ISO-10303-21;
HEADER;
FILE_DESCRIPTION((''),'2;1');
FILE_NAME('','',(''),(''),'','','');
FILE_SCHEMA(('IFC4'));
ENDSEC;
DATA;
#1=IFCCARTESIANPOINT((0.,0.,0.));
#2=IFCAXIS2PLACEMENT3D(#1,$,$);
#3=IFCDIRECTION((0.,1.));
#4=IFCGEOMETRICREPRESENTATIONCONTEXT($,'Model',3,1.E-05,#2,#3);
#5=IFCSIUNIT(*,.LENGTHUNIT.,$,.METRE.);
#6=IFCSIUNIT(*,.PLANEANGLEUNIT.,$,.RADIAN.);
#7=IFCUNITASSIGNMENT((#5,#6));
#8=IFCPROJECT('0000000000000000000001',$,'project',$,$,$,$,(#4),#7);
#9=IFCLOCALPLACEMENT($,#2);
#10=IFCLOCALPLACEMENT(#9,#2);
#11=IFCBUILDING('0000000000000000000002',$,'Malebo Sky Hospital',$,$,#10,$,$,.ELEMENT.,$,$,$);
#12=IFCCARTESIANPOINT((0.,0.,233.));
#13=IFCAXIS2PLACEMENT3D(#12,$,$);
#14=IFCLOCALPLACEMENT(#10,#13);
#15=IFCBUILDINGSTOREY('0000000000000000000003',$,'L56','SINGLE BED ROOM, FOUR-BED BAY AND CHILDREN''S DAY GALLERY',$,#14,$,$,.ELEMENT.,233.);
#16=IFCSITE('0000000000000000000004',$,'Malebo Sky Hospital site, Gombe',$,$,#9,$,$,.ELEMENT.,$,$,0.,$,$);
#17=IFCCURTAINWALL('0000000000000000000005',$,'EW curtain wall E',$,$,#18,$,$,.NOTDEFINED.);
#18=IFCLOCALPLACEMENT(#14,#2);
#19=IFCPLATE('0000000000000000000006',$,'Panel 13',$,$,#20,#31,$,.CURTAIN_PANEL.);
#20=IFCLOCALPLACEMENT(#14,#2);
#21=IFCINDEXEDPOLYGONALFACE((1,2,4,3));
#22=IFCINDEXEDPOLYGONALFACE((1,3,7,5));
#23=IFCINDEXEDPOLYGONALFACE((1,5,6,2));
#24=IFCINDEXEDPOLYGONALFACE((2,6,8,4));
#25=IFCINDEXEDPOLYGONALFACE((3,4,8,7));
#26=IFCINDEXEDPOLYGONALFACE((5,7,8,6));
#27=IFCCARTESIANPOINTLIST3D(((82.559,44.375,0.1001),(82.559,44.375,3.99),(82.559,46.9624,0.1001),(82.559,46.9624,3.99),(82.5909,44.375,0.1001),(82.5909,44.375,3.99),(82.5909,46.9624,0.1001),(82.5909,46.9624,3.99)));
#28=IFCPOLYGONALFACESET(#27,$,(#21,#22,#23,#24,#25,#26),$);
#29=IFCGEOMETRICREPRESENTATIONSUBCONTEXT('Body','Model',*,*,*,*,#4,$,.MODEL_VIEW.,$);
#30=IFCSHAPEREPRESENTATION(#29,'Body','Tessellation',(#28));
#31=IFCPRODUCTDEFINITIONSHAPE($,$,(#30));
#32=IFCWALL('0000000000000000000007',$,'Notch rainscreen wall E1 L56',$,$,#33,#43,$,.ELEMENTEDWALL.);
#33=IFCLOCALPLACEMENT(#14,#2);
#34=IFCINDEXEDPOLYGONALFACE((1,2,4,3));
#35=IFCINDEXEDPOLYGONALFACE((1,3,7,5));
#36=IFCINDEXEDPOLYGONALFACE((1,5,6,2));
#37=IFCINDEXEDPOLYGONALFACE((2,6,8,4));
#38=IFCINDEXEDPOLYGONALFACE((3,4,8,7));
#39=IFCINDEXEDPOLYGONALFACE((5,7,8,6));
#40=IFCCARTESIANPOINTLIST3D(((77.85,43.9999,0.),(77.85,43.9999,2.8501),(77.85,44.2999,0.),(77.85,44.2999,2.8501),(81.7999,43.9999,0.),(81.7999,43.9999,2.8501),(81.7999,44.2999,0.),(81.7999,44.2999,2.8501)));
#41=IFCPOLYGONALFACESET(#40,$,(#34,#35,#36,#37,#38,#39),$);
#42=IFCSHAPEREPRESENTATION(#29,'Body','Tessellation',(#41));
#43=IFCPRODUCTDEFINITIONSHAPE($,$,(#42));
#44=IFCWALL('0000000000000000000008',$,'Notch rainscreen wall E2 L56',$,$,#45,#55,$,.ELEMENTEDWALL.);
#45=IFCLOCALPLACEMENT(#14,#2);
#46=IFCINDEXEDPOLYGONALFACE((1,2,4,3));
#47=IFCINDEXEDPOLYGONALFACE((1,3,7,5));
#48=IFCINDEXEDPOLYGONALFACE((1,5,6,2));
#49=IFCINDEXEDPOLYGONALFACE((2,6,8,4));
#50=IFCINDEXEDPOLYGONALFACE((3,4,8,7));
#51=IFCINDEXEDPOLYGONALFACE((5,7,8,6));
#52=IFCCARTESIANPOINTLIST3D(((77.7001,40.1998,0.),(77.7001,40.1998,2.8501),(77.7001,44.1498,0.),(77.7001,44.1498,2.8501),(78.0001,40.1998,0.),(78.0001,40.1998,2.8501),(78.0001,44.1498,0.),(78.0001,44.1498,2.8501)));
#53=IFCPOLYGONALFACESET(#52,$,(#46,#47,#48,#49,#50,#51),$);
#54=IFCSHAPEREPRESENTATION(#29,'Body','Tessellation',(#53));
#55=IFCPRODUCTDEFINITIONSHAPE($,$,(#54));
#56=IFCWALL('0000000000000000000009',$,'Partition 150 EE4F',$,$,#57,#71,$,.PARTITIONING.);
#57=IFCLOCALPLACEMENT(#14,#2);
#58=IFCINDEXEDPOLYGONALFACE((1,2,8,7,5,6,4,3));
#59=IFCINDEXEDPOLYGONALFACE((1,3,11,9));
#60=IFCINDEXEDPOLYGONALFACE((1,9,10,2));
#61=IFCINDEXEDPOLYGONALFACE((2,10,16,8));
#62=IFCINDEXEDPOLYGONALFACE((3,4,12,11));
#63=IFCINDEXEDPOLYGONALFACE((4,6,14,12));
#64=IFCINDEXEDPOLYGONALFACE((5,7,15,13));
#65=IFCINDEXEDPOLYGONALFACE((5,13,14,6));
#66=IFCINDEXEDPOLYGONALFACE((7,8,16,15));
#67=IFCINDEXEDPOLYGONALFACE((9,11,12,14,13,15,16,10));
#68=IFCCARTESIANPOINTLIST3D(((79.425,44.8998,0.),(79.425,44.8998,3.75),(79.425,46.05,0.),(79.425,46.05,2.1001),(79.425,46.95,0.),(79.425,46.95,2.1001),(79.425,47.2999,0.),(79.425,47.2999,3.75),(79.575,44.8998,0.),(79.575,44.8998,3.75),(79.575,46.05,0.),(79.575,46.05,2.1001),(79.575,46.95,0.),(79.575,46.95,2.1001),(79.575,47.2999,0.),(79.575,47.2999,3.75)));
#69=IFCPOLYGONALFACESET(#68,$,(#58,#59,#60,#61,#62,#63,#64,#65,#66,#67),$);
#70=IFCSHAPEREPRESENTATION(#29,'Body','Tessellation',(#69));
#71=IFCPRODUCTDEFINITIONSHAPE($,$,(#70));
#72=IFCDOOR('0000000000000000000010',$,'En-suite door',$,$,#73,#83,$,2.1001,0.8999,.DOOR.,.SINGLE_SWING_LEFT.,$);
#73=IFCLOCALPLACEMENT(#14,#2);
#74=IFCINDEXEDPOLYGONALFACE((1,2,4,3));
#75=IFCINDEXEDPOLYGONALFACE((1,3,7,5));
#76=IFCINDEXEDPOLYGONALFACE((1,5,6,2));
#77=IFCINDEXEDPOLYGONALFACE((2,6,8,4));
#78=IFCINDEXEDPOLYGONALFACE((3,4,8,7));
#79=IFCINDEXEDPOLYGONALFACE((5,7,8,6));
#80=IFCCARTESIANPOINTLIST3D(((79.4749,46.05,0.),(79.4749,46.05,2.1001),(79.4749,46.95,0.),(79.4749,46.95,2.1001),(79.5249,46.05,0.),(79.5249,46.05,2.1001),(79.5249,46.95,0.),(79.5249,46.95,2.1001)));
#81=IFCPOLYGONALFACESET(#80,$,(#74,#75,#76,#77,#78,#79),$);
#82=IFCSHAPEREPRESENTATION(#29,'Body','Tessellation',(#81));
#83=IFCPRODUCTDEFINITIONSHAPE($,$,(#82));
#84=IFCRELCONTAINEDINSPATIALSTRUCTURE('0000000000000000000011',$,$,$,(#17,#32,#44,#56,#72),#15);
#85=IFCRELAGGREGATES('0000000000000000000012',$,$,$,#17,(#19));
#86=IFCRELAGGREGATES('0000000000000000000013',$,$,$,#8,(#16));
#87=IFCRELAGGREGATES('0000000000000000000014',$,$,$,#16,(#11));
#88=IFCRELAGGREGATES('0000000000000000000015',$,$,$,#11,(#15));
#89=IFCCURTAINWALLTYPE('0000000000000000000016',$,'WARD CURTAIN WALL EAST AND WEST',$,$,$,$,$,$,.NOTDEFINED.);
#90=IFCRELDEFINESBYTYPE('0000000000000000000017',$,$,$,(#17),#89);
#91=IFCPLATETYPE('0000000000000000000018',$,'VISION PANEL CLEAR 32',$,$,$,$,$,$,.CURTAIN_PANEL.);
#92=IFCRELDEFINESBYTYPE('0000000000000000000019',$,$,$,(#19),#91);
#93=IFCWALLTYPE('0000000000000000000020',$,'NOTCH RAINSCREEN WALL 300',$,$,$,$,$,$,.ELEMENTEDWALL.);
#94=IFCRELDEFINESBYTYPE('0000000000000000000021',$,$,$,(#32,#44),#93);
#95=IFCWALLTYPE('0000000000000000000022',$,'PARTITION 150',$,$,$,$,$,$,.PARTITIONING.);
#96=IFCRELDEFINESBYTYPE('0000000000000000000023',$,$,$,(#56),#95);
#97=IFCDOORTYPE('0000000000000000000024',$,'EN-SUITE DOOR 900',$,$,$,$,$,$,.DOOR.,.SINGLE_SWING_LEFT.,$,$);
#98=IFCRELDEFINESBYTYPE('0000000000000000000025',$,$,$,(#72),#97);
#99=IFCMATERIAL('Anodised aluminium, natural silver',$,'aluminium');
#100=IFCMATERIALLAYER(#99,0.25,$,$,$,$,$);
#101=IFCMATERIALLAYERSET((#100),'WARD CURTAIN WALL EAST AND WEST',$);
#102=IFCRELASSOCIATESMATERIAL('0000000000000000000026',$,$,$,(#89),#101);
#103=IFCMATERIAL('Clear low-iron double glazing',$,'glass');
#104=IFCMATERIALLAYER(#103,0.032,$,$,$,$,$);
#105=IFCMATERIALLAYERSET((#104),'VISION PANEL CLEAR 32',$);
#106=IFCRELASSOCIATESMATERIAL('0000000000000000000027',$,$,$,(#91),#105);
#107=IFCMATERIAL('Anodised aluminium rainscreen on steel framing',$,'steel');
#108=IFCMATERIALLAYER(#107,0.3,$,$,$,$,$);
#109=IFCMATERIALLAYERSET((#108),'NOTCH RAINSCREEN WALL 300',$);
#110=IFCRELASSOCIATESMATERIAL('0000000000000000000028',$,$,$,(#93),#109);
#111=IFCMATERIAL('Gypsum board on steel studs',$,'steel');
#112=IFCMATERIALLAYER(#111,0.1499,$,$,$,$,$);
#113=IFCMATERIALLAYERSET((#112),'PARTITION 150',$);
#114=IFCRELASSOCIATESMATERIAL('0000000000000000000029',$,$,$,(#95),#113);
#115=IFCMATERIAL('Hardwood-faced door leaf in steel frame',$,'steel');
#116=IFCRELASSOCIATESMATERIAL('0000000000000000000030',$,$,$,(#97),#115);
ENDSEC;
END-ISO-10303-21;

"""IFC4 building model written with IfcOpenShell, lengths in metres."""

from ifc_helpers import new_model, si_unit, direction, frame, frame_2d, origin, origin_2d, place, context, subcontext, project, spatial, rectangle, extrude, material, layer, layer_set, type_object, element, fill, aggregate, save


model = new_model("IFC4")

# Units and contexts
model_context = context("Model", 3, precision=1e-05, world=origin(), true_north=direction((0.0, 1.0)))
body_context = subcontext(model_context, "Body", "Model", "MODEL_VIEW")
ifc_project = project(units=[si_unit("LENGTHUNIT", "METRE"), si_unit("PLANEANGLEUNIT", "RADIAN")], contexts=[model_context])

# Site, building, storey
site_placement = place(None, origin())
site = spatial("IfcSite", under=ifc_project, at=site_placement, Name="Malebo Sky Hospital site, Gombe", CompositionType="ELEMENT", RefElevation=0.0)
building_placement = place(site_placement, origin())
building = spatial("IfcBuilding", under=site, at=building_placement, Name="Malebo Sky Hospital", CompositionType="ELEMENT")
storey_placement = place(building_placement, frame((0.0, 0.0, 233.0)))
storey = spatial("IfcBuildingStorey", under=building, at=storey_placement, Name="L56", Description="SINGLE BED ROOM, FOUR-BED BAY AND CHILDREN'S DAY GALLERY", CompositionType="ELEMENT", Elevation=233.0)

# Curtain wall
ifc_material_1 = material(Name="Anodised aluminium, natural silver", Category="aluminium")
ifc_layer_1 = layer(ifc_material_1, 0.25)
ifc_layer_set_1 = layer_set([ifc_layer_1], Name="WARD CURTAIN WALL EAST AND WEST")
curtain_wall_type_1 = type_object("IfcCurtainWallType", Name="WARD CURTAIN WALL EAST AND WEST", PredefinedType="NOTDEFINED", material=ifc_layer_set_1)
curtain_wall_1_placement = place(storey_placement, origin())
curtain_wall_1 = element("IfcCurtainWall", 1, at=curtain_wall_1_placement, inside=storey, type_object=curtain_wall_type_1, Name="EW curtain wall E", PredefinedType="NOTDEFINED")

# Plate
ifc_material_2 = material(Name="Clear low-iron double glazing", Category="glass")
ifc_layer_2 = layer(ifc_material_2, 0.032)
ifc_layer_set_2 = layer_set([ifc_layer_2], Name="VISION PANEL CLEAR 32")
plate_type = type_object("IfcPlateType", Name="VISION PANEL CLEAR 32", PredefinedType="CURTAIN_PANEL", material=ifc_layer_set_2)
plate_1_placement = place(storey_placement, frame((82.575, 45.6687, 0.1001), z_axis=(0.0, 0.0, 1.0), x_axis=(0.0, -1.0, 0.0)))
plate_1 = element("IfcPlate", 2, at=plate_1_placement, type_object=plate_type, Name="Panel 13", PredefinedType="CURTAIN_PANEL", context=body_context, shape_type="SweptSolid", body=[
    extrude(rectangle(XDim=2.5874, YDim=0.032, at=origin_2d()), origin(), (0.0, 0.0, 1.0), 3.8899),
])
aggregate(curtain_wall_1, [plate_1])

# Walls
ifc_material_3 = material(Name="Anodised aluminium rainscreen on steel framing", Category="steel")
ifc_layer_3 = layer(ifc_material_3, 0.3)
ifc_layer_set_3 = layer_set([ifc_layer_3], Name="NOTCH RAINSCREEN WALL 300")
wall_type_1 = type_object("IfcWallType", Name="NOTCH RAINSCREEN WALL 300", PredefinedType="ELEMENTEDWALL", material=ifc_layer_set_3)
for number, where, z_axis, x_axis, name in (
    (3, (81.8, 44.1499, 0.0), (0.0, 0.0, 1.0), (-1.0, 0.0, 0.0), "Notch rainscreen wall E1 L56"),
    (4, (77.8501, 44.1499, 0.0), (0.0, 0.0, 1.0), (0.0, -1.0, 0.0), "Notch rainscreen wall E2 L56"),
):
    element("IfcWall", number, at=place(storey_placement, frame(where, z_axis=z_axis, x_axis=x_axis)), inside=storey, type_object=wall_type_1, Name=name, PredefinedType="ELEMENTEDWALL", context=body_context, shape_type="SweptSolid", body=[
        extrude(rectangle(XDim=3.95, YDim=0.3, at=frame_2d((1.9751, 0.0))), origin(), (0.0, 0.0, 1.0), 2.8501),
    ])

# Wall, opening, door
ifc_material_4 = material(Name="Gypsum board on steel studs", Category="steel")
ifc_layer_4 = layer(ifc_material_4, 0.1499)
ifc_layer_set_4 = layer_set([ifc_layer_4], Name="PARTITION 150")
wall_type_2 = type_object("IfcWallType", Name="PARTITION 150", PredefinedType="PARTITIONING", material=ifc_layer_set_4)
wall_placement = place(storey_placement, frame((79.5, 47.3, 0.0), z_axis=(0.0, 0.0, 1.0), x_axis=(0.0, -1.0, 0.0)))
wall = element("IfcWall", 5, at=wall_placement, inside=storey, type_object=wall_type_2, Name="Partition 150 EE4F", PredefinedType="PARTITIONING", context=body_context, shape_type="SweptSolid", body=[
    extrude(rectangle(XDim=2.4001, YDim=0.1499, at=frame_2d((1.2002, 0.0))), origin(), (0.0, 0.0, 1.0), 3.75),
])
opening_placement = place(wall_placement, frame((0.3501, 0.0, 0.0)))
opening = element("IfcOpeningElement", 6, at=opening_placement, cuts=wall, PredefinedType="OPENING", context=body_context, shape_type="SweptSolid", body=[
    extrude(rectangle(XDim=0.8999, YDim=2.1001, at=frame_2d((0.45, 1.05))), frame((0.0, 0.085, 0.0), z_axis=(0.0, -1.0, 0.0), x_axis=(1.0, 0.0, 0.0)), (0.0, 0.0, 1.0), 0.1699),
])
ifc_material_5 = material(Name="Hardwood-faced door leaf in steel frame", Category="steel")
door_type = type_object("IfcDoorType", Name="EN-SUITE DOOR 900", OperationType="SINGLE_SWING_LEFT", PredefinedType="DOOR", material=ifc_material_5)
door_placement = place(opening_placement, origin())
door = element("IfcDoor", 7, at=door_placement, inside=storey, type_object=door_type, Name="En-suite door", OperationType="SINGLE_SWING_LEFT", OverallHeight=2.1001, OverallWidth=0.8999, PredefinedType="DOOR", context=body_context, shape_type="SweptSolid", body=[
    extrude(rectangle(XDim=0.8999, YDim=2.1001, at=frame_2d((0.45, 1.05))), frame((0.0, 0.0249, 0.0), z_axis=(0.0, -1.0, 0.0), x_axis=(1.0, 0.0, 0.0)), (0.0, 0.0, 1.0), 0.05),
])
fill(opening, door)

save(model, "model.ifc")
